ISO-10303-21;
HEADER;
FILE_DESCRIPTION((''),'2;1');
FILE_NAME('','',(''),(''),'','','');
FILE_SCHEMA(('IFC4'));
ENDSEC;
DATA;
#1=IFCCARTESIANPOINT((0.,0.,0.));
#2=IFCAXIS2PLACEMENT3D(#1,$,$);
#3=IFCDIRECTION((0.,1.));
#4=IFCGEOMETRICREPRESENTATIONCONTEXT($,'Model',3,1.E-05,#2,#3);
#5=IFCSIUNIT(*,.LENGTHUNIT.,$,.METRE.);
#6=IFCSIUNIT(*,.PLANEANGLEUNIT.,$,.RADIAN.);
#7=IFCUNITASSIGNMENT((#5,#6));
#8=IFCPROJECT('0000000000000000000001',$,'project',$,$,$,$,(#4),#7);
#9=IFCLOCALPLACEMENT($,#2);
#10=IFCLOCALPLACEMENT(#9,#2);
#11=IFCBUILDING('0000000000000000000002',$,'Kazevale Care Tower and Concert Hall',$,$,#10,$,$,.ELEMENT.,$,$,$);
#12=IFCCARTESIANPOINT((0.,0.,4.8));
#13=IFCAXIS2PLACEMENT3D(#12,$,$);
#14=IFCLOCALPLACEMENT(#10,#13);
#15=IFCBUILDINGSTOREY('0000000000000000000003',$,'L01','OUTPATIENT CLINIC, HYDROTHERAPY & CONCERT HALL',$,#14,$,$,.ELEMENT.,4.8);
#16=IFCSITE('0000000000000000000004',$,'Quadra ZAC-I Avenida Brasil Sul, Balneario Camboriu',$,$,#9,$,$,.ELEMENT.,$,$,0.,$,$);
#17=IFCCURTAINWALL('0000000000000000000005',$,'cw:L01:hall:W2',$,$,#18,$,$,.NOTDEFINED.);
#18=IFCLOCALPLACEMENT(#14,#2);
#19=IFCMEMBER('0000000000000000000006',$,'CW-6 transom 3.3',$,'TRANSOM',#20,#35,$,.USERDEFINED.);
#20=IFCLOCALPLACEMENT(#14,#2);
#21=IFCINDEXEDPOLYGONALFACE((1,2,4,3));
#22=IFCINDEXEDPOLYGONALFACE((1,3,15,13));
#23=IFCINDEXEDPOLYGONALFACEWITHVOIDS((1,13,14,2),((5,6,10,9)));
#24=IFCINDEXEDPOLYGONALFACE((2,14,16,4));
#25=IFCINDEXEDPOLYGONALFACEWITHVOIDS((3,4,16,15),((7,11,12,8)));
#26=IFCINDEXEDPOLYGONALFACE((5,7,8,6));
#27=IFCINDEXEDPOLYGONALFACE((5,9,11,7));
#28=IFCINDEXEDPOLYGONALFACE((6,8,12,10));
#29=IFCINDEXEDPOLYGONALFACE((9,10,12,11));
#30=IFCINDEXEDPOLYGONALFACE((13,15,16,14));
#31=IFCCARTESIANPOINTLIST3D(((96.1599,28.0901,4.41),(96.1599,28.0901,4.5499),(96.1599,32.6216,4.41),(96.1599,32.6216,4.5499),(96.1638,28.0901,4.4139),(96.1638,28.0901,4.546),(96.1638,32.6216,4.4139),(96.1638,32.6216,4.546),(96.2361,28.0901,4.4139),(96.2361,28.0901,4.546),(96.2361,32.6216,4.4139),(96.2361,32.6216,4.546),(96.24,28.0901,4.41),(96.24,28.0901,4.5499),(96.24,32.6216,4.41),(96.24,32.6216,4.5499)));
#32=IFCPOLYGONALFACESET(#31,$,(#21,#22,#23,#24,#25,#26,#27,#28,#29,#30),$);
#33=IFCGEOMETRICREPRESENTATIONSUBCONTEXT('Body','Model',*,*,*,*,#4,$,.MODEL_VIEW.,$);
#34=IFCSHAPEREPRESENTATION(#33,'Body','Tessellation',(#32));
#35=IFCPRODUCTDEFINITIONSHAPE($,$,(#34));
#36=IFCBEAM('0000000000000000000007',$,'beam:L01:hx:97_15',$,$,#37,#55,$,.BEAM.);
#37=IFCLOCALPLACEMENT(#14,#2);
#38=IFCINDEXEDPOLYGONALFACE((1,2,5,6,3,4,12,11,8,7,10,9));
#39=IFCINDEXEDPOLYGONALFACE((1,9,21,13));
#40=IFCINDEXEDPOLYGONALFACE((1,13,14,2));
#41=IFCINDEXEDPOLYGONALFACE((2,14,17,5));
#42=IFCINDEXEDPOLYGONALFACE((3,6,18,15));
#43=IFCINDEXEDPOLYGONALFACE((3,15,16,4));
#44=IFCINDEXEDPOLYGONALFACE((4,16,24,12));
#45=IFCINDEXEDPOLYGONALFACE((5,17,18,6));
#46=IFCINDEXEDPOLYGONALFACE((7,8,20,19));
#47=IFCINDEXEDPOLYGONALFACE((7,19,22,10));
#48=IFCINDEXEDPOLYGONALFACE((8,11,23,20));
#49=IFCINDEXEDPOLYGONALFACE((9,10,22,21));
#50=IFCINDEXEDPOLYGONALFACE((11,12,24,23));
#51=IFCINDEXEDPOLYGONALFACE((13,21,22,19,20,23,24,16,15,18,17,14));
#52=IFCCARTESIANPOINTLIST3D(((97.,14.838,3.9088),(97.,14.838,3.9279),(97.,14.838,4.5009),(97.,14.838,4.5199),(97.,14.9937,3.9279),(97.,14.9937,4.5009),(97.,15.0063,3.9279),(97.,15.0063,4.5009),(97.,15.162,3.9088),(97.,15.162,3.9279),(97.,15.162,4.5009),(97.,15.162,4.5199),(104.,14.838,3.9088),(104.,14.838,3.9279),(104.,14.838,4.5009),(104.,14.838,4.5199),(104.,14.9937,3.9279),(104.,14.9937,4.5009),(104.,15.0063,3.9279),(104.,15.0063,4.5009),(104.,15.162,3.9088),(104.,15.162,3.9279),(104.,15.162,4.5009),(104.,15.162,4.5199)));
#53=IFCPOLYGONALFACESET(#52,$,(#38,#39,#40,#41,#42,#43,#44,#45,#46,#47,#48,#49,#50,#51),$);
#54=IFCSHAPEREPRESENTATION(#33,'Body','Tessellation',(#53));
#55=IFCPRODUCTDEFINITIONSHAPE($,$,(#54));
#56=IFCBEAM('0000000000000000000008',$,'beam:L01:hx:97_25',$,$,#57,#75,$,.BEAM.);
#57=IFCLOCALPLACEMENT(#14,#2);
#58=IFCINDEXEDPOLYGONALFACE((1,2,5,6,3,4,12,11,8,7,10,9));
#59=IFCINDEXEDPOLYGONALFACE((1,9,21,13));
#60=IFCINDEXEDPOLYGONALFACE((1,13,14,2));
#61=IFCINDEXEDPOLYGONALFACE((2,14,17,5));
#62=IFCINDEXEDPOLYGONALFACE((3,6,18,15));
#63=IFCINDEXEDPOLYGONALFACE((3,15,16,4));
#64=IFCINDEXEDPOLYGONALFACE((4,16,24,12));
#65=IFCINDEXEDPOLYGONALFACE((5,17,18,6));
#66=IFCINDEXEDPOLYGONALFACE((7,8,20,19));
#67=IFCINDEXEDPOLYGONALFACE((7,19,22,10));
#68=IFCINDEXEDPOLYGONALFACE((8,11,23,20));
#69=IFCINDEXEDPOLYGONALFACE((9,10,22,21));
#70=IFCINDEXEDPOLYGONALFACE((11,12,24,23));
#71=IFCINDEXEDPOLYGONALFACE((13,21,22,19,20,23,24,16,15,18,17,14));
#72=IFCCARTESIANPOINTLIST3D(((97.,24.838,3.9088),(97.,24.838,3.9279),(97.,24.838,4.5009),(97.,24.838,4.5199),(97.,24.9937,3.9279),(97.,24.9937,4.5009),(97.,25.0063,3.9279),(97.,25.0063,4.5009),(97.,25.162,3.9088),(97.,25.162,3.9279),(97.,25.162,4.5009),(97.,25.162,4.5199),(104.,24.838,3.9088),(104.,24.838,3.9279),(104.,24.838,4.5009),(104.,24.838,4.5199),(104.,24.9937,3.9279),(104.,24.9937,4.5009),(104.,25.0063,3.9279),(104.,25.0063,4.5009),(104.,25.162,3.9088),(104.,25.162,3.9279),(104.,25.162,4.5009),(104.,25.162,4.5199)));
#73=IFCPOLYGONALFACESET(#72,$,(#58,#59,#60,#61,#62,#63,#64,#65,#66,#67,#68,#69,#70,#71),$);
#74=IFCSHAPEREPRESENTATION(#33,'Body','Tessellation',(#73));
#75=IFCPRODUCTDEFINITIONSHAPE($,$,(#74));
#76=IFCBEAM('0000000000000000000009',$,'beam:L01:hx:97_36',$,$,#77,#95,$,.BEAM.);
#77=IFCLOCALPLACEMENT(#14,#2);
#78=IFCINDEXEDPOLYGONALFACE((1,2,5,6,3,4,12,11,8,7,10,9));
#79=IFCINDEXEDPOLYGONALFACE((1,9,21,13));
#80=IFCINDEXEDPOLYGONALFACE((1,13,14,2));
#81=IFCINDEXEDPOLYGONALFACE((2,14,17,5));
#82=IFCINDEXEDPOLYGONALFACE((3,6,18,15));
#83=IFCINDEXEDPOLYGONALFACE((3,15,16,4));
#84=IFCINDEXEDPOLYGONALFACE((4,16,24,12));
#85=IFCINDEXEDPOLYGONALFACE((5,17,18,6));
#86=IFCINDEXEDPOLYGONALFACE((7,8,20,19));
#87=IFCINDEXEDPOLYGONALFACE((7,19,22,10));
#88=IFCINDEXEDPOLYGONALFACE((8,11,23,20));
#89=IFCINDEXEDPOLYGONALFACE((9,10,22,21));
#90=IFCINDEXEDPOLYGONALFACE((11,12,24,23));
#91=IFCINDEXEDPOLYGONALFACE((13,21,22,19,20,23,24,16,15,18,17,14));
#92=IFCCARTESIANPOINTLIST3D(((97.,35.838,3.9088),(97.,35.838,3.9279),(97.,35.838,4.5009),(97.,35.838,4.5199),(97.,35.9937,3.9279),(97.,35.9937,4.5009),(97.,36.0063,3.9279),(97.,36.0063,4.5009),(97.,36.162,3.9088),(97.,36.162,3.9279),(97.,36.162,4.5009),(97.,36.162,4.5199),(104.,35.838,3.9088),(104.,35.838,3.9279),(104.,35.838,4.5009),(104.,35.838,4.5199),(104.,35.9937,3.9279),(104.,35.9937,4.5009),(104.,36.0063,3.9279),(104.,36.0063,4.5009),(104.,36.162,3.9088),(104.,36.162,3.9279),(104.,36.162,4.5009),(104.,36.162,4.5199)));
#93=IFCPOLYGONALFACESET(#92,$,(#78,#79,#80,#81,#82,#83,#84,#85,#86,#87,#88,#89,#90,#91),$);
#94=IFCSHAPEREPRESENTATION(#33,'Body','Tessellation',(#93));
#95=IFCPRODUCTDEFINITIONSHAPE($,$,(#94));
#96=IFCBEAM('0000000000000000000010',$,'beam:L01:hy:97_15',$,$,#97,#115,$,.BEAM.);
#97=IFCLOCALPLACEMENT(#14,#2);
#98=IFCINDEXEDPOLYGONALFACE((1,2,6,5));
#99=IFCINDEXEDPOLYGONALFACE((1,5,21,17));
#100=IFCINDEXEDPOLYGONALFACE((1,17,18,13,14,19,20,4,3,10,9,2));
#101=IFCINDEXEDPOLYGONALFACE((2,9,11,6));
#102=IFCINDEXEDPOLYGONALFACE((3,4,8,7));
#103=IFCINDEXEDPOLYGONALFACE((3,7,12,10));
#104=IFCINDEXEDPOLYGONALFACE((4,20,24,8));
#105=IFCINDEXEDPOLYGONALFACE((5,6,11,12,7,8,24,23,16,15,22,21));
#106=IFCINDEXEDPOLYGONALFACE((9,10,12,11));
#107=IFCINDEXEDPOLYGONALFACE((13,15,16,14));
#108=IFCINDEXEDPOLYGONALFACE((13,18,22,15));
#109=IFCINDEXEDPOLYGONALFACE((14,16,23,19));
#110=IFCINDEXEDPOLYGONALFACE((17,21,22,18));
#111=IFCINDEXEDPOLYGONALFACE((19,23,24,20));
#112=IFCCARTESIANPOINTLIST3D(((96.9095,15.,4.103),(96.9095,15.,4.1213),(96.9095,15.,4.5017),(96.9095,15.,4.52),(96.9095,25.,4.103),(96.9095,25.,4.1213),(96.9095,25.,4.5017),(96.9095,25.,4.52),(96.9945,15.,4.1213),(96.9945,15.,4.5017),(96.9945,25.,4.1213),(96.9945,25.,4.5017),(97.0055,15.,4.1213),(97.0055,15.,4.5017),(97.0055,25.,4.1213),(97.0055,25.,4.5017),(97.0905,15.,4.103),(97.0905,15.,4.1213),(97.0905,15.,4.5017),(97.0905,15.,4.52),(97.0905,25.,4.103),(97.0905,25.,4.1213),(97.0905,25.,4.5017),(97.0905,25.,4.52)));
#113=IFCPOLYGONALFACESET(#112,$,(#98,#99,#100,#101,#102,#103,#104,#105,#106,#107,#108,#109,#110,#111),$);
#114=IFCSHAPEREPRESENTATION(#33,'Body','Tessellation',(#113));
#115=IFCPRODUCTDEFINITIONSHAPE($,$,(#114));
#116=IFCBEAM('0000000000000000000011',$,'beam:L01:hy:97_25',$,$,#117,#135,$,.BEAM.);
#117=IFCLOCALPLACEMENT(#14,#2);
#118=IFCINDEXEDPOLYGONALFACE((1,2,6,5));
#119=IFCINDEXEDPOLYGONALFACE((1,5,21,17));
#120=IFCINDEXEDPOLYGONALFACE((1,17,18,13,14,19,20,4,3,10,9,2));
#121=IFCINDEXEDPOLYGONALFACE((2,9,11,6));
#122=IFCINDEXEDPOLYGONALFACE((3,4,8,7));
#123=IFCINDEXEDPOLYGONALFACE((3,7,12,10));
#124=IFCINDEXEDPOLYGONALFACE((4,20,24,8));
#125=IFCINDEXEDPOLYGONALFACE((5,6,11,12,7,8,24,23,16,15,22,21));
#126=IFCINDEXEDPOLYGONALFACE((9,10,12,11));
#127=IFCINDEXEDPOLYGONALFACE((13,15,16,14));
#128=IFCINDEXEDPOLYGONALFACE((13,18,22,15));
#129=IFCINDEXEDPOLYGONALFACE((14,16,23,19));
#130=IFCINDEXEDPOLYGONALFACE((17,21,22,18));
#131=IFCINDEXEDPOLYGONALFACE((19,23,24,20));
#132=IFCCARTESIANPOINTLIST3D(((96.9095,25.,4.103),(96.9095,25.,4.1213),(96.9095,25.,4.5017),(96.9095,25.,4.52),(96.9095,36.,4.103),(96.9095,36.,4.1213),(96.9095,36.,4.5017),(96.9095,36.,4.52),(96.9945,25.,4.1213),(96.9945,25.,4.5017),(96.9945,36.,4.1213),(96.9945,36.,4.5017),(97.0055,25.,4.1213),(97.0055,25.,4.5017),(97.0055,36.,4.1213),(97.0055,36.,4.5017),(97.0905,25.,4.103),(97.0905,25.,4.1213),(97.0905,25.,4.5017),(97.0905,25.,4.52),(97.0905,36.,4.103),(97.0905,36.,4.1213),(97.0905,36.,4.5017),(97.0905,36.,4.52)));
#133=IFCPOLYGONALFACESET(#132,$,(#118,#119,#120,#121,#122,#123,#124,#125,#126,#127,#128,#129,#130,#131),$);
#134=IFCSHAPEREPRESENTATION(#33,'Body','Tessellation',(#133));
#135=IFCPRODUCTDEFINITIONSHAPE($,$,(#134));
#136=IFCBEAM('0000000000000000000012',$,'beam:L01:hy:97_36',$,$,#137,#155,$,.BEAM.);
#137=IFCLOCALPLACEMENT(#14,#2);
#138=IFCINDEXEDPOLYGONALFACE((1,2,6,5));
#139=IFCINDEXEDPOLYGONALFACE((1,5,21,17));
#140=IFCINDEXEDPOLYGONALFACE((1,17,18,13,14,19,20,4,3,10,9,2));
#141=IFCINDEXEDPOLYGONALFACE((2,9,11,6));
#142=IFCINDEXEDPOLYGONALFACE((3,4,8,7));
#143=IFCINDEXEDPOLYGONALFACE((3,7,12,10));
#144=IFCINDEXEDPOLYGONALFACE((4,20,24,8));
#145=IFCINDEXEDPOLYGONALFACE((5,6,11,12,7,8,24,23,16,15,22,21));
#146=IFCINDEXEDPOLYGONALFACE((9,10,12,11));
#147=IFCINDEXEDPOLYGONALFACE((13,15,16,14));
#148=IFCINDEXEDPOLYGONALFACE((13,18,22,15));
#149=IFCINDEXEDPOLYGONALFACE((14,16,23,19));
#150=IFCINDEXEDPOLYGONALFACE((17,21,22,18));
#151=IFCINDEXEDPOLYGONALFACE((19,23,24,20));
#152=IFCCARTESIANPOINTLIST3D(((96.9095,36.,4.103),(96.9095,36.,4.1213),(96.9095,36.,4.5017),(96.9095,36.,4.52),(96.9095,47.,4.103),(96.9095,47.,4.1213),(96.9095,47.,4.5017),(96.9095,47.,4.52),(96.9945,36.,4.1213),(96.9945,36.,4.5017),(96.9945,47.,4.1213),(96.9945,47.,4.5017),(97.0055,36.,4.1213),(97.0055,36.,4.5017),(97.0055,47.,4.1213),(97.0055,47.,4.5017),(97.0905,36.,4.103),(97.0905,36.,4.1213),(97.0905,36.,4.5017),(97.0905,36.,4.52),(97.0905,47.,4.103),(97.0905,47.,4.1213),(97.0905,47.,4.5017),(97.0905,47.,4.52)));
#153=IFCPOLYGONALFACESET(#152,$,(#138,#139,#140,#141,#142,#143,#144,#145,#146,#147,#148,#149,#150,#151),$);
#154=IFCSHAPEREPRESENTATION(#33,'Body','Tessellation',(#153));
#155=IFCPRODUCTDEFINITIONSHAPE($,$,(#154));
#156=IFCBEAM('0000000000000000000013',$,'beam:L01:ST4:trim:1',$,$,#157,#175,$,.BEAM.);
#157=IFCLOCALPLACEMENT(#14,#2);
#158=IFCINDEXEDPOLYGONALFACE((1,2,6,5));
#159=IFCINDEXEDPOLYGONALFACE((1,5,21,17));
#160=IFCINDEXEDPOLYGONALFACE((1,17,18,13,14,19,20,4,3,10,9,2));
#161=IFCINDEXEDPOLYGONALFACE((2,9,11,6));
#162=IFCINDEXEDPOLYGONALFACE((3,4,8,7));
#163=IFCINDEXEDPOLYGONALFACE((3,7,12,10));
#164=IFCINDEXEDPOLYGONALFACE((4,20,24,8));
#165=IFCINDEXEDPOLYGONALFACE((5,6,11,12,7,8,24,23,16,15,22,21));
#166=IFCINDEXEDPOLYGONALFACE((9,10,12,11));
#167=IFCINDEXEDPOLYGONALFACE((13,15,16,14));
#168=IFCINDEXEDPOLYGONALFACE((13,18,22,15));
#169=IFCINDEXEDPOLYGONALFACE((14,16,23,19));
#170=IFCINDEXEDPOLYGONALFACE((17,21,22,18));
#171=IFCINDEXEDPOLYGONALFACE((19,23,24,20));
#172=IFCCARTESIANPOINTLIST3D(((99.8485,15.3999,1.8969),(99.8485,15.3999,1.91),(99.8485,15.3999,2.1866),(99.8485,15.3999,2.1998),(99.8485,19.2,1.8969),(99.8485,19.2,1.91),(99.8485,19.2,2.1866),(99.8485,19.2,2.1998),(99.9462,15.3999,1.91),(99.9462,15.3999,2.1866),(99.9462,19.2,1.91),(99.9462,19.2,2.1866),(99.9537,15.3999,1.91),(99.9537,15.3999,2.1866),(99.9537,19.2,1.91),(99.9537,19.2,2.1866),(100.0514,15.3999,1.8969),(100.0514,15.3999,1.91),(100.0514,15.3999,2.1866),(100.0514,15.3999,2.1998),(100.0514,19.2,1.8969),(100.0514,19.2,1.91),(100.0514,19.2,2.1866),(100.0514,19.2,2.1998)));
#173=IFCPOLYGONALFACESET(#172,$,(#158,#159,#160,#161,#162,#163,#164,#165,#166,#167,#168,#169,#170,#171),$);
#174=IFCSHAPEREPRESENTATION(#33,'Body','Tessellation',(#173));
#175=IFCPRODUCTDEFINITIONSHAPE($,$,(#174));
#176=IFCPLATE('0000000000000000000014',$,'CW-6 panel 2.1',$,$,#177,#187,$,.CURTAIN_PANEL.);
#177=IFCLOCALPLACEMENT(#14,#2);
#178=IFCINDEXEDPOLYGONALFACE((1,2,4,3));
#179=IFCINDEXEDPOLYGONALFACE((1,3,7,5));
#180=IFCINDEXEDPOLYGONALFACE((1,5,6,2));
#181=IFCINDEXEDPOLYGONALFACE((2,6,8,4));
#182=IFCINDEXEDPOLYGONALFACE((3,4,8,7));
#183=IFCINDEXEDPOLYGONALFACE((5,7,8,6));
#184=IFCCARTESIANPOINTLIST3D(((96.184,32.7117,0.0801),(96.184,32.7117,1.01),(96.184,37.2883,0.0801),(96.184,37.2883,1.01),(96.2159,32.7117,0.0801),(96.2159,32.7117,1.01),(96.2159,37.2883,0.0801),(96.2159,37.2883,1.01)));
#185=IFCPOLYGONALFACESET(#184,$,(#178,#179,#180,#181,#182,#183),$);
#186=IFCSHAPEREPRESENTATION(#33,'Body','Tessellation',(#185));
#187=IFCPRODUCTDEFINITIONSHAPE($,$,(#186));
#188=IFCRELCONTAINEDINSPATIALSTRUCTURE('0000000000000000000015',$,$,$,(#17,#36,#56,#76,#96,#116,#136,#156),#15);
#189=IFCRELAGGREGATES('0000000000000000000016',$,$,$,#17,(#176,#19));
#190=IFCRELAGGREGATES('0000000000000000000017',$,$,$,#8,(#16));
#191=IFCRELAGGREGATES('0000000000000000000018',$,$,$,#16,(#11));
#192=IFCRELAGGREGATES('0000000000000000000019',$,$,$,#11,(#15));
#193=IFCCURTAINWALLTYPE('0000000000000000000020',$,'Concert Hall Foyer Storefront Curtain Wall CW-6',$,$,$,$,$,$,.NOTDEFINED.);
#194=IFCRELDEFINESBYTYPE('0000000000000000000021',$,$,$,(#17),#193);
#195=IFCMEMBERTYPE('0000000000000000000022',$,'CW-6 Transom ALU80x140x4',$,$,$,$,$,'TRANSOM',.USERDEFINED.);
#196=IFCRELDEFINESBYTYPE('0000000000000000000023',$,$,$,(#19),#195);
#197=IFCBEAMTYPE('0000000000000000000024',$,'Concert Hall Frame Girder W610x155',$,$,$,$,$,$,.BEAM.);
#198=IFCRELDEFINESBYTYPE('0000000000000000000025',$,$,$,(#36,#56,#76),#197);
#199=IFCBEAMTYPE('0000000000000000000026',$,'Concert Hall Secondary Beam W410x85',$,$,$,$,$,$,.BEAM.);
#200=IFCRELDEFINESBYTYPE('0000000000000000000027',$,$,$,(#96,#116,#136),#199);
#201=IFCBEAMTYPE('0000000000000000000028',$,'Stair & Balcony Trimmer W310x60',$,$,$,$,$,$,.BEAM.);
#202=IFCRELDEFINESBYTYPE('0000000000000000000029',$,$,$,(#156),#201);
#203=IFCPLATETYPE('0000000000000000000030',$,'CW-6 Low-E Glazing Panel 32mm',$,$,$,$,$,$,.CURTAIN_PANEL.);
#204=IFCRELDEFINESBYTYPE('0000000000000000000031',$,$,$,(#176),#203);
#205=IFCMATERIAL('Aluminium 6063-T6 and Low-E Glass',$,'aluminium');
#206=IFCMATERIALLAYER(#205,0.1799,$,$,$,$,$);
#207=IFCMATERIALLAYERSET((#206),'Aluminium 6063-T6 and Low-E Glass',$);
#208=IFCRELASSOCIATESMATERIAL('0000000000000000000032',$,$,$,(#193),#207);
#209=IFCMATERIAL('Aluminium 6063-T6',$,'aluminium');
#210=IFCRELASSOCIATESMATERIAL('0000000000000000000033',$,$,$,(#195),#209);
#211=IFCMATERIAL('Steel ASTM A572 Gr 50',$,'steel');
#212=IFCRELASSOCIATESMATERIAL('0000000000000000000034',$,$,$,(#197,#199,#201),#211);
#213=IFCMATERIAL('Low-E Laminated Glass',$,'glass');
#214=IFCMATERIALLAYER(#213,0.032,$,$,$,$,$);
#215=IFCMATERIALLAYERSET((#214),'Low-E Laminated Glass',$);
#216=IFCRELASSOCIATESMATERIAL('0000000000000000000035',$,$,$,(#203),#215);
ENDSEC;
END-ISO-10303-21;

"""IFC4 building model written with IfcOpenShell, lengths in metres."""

from ifc_helpers import new_model, si_unit, direction, frame, origin, origin_2d, place, context, subcontext, project, spatial, rectangle, hollow_rectangle, i_section, extrude, material, layer, layer_set, material_profile, profile_set, type_object, element, aggregate, save


model = new_model("IFC4")

# Units and contexts
model_context = context("Model", 3, precision=1e-05, world=origin(), true_north=direction((0.0, 1.0)))
body_context = subcontext(model_context, "Body", "Model", "MODEL_VIEW")
ifc_project = project(units=[si_unit("LENGTHUNIT", "METRE"), si_unit("PLANEANGLEUNIT", "RADIAN")], contexts=[model_context])

# Site, building, storey
site_placement = place(None, origin())
site = spatial("IfcSite", under=ifc_project, at=site_placement, Name="Quadra ZAC-I Avenida Brasil Sul, Balneario Camboriu", CompositionType="ELEMENT", RefElevation=0.0)
building_placement = place(site_placement, origin())
building = spatial("IfcBuilding", under=site, at=building_placement, Name="Kazevale Care Tower and Concert Hall", CompositionType="ELEMENT")
storey_placement = place(building_placement, frame((0.0, 0.0, 4.8)))
storey = spatial("IfcBuildingStorey", under=building, at=storey_placement, Name="L01", Description="OUTPATIENT CLINIC, HYDROTHERAPY & CONCERT HALL", CompositionType="ELEMENT", Elevation=4.8)

# Curtain wall, member
ifc_material_1 = material(Name="Aluminium 6063-T6 and Low-E Glass", Category="aluminium")
ifc_layer_1 = layer(ifc_material_1, 0.1799)
ifc_layer_set_1 = layer_set([ifc_layer_1], Name="Aluminium 6063-T6 and Low-E Glass")
curtain_wall_type = type_object("IfcCurtainWallType", Name="Concert Hall Foyer Storefront Curtain Wall CW-6", PredefinedType="NOTDEFINED", material=ifc_layer_set_1)
curtain_wall_placement = place(storey_placement, origin())
curtain_wall = element("IfcCurtainWall", 1, at=curtain_wall_placement, inside=storey, type_object=curtain_wall_type, Name="cw:L01:hall:W2", PredefinedType="NOTDEFINED")
ifc_material_2 = material(Name="Aluminium 6063-T6", Category="aluminium")
ifc_material_profile_1 = material_profile(ifc_material_2, hollow_rectangle(XDim=0.0801, YDim=0.1399, WallThickness=0.0039, at=origin_2d()), Name="ALU80x140x4")
ifc_profile_set_1 = profile_set([ifc_material_profile_1], Name="Aluminium 6063-T6")
member_type_1 = type_object("IfcMemberType", Name="CW-6 Transom ALU80x140x4", ElementType="TRANSOM", PredefinedType="USERDEFINED", material=ifc_profile_set_1)
member_1_placement = place(storey_placement, frame((96.2, 32.6216, 4.48), z_axis=(0.0, -1.0, 0.0), x_axis=(1.0, 0.0, 0.0)))
member_1 = element("IfcMember", 2, at=member_1_placement, type_object=member_type_1, Name="CW-6 transom 3.3", ObjectType="TRANSOM", PredefinedType="USERDEFINED", context=body_context, shape_type="SweptSolid", body=[
    extrude(hollow_rectangle(XDim=0.0801, YDim=0.1399, WallThickness=0.0039, at=origin_2d()), origin(), (0.0, 0.0, 1.0), 4.5315),
])

# Beams
ifc_material_3 = material(Name="Steel ASTM A572 Gr 50", Category="steel")
ifc_material_profile_2 = material_profile(ifc_material_3, i_section(OverallWidth=0.324, OverallDepth=0.6111, WebThickness=0.0127, FlangeThickness=0.019, at=origin_2d()), Name="W610x155")
ifc_profile_set_2 = profile_set([ifc_material_profile_2], Name="Steel ASTM A572 Gr 50")
beam_type_1 = type_object("IfcBeamType", Name="Concert Hall Frame Girder W610x155", PredefinedType="BEAM", material=ifc_profile_set_2)
for number, where, z_axis, x_axis, name in (
    (3, (97.0, 15.0, 4.2144), (1.0, 0.0, 0.0), (0.0, 1.0, 0.0), "beam:L01:hx:97_15"),
    (4, (97.0, 25.0, 4.2144), (1.0, 0.0, 0.0), (0.0, 1.0, 0.0), "beam:L01:hx:97_25"),
    (5, (97.0, 36.0, 4.2144), (1.0, 0.0, 0.0), (0.0, 1.0, 0.0), "beam:L01:hx:97_36"),
):
    element("IfcBeam", number, at=place(storey_placement, frame(where, z_axis=z_axis, x_axis=x_axis)), inside=storey, type_object=beam_type_1, Name=name, PredefinedType="BEAM", context=body_context, shape_type="SweptSolid", body=[
        extrude(i_section(OverallWidth=0.324, OverallDepth=0.6111, WebThickness=0.0127, FlangeThickness=0.019, at=origin_2d()), origin(), (0.0, 0.0, 1.0), 7.0),
    ])
ifc_material_profile_3 = material_profile(ifc_material_3, i_section(OverallWidth=0.1809, OverallDepth=0.417, WebThickness=0.011, FlangeThickness=0.0183, at=origin_2d()), Name="W410x85")
ifc_profile_set_3 = profile_set([ifc_material_profile_3], Name="Steel ASTM A572 Gr 50")
beam_type_2 = type_object("IfcBeamType", Name="Concert Hall Secondary Beam W410x85", PredefinedType="BEAM", material=ifc_profile_set_3)
beam_1_placement = place(storey_placement, frame((97.0, 15.0, 4.3115), z_axis=(0.0, 1.0, 0.0), x_axis=(-1.0, 0.0, 0.0)))
element("IfcBeam", 6, at=beam_1_placement, inside=storey, type_object=beam_type_2, Name="beam:L01:hy:97_15", PredefinedType="BEAM", context=body_context, shape_type="SweptSolid", body=[
    extrude(i_section(OverallWidth=0.1809, OverallDepth=0.417, WebThickness=0.011, FlangeThickness=0.0183, at=origin_2d()), origin(), (0.0, 0.0, 1.0), 10.0),
])
for number, where, z_axis, x_axis, name in (
    (7, (97.0, 25.0, 4.3115), (0.0, 1.0, 0.0), (-1.0, 0.0, 0.0), "beam:L01:hy:97_25"),
    (8, (97.0, 36.0, 4.3115), (0.0, 1.0, 0.0), (-1.0, 0.0, 0.0), "beam:L01:hy:97_36"),
):
    element("IfcBeam", number, at=place(storey_placement, frame(where, z_axis=z_axis, x_axis=x_axis)), inside=storey, type_object=beam_type_2, Name=name, PredefinedType="BEAM", context=body_context, shape_type="SweptSolid", body=[
        extrude(i_section(OverallWidth=0.1809, OverallDepth=0.417, WebThickness=0.011, FlangeThickness=0.0183, at=origin_2d()), origin(), (0.0, 0.0, 1.0), 11.0),
    ])
ifc_material_profile_4 = material_profile(ifc_material_3, i_section(OverallWidth=0.2029, OverallDepth=0.303, WebThickness=0.0076, FlangeThickness=0.0132, at=origin_2d()), Name="W310x60")
ifc_profile_set_4 = profile_set([ifc_material_profile_4], Name="Steel ASTM A572 Gr 50")
beam_type_3 = type_object("IfcBeamType", Name="Stair & Balcony Trimmer W310x60", PredefinedType="BEAM", material=ifc_profile_set_4)
beam_2_placement = place(storey_placement, frame((99.95, 15.3999, 2.0483), z_axis=(0.0, 1.0, 0.0), x_axis=(-1.0, 0.0, 0.0)))
element("IfcBeam", 9, at=beam_2_placement, inside=storey, type_object=beam_type_3, Name="beam:L01:ST4:trim:1", PredefinedType="BEAM", context=body_context, shape_type="SweptSolid", body=[
    extrude(i_section(OverallWidth=0.2029, OverallDepth=0.303, WebThickness=0.0076, FlangeThickness=0.0132, at=origin_2d()), origin(), (0.0, 0.0, 1.0), 3.8),
])

# Plate
ifc_material_4 = material(Name="Low-E Laminated Glass", Category="glass")
ifc_layer_2 = layer(ifc_material_4, 0.032)
ifc_layer_set_2 = layer_set([ifc_layer_2], Name="Low-E Laminated Glass")
plate_type = type_object("IfcPlateType", Name="CW-6 Low-E Glazing Panel 32mm", PredefinedType="CURTAIN_PANEL", material=ifc_layer_set_2)
plate_1_placement = place(storey_placement, frame((96.2, 35.0, 0.0801), z_axis=(0.0, 0.0, 1.0), x_axis=(0.0, -1.0, 0.0)))
plate_1 = element("IfcPlate", 10, at=plate_1_placement, type_object=plate_type, Name="CW-6 panel 2.1", PredefinedType="CURTAIN_PANEL", context=body_context, shape_type="SweptSolid", body=[
    extrude(rectangle(XDim=4.5767, YDim=0.032, at=origin_2d()), origin(), (0.0, 0.0, 1.0), 0.9299),
])
aggregate(curtain_wall, [plate_1, member_1])

save(model, "model.ifc")
